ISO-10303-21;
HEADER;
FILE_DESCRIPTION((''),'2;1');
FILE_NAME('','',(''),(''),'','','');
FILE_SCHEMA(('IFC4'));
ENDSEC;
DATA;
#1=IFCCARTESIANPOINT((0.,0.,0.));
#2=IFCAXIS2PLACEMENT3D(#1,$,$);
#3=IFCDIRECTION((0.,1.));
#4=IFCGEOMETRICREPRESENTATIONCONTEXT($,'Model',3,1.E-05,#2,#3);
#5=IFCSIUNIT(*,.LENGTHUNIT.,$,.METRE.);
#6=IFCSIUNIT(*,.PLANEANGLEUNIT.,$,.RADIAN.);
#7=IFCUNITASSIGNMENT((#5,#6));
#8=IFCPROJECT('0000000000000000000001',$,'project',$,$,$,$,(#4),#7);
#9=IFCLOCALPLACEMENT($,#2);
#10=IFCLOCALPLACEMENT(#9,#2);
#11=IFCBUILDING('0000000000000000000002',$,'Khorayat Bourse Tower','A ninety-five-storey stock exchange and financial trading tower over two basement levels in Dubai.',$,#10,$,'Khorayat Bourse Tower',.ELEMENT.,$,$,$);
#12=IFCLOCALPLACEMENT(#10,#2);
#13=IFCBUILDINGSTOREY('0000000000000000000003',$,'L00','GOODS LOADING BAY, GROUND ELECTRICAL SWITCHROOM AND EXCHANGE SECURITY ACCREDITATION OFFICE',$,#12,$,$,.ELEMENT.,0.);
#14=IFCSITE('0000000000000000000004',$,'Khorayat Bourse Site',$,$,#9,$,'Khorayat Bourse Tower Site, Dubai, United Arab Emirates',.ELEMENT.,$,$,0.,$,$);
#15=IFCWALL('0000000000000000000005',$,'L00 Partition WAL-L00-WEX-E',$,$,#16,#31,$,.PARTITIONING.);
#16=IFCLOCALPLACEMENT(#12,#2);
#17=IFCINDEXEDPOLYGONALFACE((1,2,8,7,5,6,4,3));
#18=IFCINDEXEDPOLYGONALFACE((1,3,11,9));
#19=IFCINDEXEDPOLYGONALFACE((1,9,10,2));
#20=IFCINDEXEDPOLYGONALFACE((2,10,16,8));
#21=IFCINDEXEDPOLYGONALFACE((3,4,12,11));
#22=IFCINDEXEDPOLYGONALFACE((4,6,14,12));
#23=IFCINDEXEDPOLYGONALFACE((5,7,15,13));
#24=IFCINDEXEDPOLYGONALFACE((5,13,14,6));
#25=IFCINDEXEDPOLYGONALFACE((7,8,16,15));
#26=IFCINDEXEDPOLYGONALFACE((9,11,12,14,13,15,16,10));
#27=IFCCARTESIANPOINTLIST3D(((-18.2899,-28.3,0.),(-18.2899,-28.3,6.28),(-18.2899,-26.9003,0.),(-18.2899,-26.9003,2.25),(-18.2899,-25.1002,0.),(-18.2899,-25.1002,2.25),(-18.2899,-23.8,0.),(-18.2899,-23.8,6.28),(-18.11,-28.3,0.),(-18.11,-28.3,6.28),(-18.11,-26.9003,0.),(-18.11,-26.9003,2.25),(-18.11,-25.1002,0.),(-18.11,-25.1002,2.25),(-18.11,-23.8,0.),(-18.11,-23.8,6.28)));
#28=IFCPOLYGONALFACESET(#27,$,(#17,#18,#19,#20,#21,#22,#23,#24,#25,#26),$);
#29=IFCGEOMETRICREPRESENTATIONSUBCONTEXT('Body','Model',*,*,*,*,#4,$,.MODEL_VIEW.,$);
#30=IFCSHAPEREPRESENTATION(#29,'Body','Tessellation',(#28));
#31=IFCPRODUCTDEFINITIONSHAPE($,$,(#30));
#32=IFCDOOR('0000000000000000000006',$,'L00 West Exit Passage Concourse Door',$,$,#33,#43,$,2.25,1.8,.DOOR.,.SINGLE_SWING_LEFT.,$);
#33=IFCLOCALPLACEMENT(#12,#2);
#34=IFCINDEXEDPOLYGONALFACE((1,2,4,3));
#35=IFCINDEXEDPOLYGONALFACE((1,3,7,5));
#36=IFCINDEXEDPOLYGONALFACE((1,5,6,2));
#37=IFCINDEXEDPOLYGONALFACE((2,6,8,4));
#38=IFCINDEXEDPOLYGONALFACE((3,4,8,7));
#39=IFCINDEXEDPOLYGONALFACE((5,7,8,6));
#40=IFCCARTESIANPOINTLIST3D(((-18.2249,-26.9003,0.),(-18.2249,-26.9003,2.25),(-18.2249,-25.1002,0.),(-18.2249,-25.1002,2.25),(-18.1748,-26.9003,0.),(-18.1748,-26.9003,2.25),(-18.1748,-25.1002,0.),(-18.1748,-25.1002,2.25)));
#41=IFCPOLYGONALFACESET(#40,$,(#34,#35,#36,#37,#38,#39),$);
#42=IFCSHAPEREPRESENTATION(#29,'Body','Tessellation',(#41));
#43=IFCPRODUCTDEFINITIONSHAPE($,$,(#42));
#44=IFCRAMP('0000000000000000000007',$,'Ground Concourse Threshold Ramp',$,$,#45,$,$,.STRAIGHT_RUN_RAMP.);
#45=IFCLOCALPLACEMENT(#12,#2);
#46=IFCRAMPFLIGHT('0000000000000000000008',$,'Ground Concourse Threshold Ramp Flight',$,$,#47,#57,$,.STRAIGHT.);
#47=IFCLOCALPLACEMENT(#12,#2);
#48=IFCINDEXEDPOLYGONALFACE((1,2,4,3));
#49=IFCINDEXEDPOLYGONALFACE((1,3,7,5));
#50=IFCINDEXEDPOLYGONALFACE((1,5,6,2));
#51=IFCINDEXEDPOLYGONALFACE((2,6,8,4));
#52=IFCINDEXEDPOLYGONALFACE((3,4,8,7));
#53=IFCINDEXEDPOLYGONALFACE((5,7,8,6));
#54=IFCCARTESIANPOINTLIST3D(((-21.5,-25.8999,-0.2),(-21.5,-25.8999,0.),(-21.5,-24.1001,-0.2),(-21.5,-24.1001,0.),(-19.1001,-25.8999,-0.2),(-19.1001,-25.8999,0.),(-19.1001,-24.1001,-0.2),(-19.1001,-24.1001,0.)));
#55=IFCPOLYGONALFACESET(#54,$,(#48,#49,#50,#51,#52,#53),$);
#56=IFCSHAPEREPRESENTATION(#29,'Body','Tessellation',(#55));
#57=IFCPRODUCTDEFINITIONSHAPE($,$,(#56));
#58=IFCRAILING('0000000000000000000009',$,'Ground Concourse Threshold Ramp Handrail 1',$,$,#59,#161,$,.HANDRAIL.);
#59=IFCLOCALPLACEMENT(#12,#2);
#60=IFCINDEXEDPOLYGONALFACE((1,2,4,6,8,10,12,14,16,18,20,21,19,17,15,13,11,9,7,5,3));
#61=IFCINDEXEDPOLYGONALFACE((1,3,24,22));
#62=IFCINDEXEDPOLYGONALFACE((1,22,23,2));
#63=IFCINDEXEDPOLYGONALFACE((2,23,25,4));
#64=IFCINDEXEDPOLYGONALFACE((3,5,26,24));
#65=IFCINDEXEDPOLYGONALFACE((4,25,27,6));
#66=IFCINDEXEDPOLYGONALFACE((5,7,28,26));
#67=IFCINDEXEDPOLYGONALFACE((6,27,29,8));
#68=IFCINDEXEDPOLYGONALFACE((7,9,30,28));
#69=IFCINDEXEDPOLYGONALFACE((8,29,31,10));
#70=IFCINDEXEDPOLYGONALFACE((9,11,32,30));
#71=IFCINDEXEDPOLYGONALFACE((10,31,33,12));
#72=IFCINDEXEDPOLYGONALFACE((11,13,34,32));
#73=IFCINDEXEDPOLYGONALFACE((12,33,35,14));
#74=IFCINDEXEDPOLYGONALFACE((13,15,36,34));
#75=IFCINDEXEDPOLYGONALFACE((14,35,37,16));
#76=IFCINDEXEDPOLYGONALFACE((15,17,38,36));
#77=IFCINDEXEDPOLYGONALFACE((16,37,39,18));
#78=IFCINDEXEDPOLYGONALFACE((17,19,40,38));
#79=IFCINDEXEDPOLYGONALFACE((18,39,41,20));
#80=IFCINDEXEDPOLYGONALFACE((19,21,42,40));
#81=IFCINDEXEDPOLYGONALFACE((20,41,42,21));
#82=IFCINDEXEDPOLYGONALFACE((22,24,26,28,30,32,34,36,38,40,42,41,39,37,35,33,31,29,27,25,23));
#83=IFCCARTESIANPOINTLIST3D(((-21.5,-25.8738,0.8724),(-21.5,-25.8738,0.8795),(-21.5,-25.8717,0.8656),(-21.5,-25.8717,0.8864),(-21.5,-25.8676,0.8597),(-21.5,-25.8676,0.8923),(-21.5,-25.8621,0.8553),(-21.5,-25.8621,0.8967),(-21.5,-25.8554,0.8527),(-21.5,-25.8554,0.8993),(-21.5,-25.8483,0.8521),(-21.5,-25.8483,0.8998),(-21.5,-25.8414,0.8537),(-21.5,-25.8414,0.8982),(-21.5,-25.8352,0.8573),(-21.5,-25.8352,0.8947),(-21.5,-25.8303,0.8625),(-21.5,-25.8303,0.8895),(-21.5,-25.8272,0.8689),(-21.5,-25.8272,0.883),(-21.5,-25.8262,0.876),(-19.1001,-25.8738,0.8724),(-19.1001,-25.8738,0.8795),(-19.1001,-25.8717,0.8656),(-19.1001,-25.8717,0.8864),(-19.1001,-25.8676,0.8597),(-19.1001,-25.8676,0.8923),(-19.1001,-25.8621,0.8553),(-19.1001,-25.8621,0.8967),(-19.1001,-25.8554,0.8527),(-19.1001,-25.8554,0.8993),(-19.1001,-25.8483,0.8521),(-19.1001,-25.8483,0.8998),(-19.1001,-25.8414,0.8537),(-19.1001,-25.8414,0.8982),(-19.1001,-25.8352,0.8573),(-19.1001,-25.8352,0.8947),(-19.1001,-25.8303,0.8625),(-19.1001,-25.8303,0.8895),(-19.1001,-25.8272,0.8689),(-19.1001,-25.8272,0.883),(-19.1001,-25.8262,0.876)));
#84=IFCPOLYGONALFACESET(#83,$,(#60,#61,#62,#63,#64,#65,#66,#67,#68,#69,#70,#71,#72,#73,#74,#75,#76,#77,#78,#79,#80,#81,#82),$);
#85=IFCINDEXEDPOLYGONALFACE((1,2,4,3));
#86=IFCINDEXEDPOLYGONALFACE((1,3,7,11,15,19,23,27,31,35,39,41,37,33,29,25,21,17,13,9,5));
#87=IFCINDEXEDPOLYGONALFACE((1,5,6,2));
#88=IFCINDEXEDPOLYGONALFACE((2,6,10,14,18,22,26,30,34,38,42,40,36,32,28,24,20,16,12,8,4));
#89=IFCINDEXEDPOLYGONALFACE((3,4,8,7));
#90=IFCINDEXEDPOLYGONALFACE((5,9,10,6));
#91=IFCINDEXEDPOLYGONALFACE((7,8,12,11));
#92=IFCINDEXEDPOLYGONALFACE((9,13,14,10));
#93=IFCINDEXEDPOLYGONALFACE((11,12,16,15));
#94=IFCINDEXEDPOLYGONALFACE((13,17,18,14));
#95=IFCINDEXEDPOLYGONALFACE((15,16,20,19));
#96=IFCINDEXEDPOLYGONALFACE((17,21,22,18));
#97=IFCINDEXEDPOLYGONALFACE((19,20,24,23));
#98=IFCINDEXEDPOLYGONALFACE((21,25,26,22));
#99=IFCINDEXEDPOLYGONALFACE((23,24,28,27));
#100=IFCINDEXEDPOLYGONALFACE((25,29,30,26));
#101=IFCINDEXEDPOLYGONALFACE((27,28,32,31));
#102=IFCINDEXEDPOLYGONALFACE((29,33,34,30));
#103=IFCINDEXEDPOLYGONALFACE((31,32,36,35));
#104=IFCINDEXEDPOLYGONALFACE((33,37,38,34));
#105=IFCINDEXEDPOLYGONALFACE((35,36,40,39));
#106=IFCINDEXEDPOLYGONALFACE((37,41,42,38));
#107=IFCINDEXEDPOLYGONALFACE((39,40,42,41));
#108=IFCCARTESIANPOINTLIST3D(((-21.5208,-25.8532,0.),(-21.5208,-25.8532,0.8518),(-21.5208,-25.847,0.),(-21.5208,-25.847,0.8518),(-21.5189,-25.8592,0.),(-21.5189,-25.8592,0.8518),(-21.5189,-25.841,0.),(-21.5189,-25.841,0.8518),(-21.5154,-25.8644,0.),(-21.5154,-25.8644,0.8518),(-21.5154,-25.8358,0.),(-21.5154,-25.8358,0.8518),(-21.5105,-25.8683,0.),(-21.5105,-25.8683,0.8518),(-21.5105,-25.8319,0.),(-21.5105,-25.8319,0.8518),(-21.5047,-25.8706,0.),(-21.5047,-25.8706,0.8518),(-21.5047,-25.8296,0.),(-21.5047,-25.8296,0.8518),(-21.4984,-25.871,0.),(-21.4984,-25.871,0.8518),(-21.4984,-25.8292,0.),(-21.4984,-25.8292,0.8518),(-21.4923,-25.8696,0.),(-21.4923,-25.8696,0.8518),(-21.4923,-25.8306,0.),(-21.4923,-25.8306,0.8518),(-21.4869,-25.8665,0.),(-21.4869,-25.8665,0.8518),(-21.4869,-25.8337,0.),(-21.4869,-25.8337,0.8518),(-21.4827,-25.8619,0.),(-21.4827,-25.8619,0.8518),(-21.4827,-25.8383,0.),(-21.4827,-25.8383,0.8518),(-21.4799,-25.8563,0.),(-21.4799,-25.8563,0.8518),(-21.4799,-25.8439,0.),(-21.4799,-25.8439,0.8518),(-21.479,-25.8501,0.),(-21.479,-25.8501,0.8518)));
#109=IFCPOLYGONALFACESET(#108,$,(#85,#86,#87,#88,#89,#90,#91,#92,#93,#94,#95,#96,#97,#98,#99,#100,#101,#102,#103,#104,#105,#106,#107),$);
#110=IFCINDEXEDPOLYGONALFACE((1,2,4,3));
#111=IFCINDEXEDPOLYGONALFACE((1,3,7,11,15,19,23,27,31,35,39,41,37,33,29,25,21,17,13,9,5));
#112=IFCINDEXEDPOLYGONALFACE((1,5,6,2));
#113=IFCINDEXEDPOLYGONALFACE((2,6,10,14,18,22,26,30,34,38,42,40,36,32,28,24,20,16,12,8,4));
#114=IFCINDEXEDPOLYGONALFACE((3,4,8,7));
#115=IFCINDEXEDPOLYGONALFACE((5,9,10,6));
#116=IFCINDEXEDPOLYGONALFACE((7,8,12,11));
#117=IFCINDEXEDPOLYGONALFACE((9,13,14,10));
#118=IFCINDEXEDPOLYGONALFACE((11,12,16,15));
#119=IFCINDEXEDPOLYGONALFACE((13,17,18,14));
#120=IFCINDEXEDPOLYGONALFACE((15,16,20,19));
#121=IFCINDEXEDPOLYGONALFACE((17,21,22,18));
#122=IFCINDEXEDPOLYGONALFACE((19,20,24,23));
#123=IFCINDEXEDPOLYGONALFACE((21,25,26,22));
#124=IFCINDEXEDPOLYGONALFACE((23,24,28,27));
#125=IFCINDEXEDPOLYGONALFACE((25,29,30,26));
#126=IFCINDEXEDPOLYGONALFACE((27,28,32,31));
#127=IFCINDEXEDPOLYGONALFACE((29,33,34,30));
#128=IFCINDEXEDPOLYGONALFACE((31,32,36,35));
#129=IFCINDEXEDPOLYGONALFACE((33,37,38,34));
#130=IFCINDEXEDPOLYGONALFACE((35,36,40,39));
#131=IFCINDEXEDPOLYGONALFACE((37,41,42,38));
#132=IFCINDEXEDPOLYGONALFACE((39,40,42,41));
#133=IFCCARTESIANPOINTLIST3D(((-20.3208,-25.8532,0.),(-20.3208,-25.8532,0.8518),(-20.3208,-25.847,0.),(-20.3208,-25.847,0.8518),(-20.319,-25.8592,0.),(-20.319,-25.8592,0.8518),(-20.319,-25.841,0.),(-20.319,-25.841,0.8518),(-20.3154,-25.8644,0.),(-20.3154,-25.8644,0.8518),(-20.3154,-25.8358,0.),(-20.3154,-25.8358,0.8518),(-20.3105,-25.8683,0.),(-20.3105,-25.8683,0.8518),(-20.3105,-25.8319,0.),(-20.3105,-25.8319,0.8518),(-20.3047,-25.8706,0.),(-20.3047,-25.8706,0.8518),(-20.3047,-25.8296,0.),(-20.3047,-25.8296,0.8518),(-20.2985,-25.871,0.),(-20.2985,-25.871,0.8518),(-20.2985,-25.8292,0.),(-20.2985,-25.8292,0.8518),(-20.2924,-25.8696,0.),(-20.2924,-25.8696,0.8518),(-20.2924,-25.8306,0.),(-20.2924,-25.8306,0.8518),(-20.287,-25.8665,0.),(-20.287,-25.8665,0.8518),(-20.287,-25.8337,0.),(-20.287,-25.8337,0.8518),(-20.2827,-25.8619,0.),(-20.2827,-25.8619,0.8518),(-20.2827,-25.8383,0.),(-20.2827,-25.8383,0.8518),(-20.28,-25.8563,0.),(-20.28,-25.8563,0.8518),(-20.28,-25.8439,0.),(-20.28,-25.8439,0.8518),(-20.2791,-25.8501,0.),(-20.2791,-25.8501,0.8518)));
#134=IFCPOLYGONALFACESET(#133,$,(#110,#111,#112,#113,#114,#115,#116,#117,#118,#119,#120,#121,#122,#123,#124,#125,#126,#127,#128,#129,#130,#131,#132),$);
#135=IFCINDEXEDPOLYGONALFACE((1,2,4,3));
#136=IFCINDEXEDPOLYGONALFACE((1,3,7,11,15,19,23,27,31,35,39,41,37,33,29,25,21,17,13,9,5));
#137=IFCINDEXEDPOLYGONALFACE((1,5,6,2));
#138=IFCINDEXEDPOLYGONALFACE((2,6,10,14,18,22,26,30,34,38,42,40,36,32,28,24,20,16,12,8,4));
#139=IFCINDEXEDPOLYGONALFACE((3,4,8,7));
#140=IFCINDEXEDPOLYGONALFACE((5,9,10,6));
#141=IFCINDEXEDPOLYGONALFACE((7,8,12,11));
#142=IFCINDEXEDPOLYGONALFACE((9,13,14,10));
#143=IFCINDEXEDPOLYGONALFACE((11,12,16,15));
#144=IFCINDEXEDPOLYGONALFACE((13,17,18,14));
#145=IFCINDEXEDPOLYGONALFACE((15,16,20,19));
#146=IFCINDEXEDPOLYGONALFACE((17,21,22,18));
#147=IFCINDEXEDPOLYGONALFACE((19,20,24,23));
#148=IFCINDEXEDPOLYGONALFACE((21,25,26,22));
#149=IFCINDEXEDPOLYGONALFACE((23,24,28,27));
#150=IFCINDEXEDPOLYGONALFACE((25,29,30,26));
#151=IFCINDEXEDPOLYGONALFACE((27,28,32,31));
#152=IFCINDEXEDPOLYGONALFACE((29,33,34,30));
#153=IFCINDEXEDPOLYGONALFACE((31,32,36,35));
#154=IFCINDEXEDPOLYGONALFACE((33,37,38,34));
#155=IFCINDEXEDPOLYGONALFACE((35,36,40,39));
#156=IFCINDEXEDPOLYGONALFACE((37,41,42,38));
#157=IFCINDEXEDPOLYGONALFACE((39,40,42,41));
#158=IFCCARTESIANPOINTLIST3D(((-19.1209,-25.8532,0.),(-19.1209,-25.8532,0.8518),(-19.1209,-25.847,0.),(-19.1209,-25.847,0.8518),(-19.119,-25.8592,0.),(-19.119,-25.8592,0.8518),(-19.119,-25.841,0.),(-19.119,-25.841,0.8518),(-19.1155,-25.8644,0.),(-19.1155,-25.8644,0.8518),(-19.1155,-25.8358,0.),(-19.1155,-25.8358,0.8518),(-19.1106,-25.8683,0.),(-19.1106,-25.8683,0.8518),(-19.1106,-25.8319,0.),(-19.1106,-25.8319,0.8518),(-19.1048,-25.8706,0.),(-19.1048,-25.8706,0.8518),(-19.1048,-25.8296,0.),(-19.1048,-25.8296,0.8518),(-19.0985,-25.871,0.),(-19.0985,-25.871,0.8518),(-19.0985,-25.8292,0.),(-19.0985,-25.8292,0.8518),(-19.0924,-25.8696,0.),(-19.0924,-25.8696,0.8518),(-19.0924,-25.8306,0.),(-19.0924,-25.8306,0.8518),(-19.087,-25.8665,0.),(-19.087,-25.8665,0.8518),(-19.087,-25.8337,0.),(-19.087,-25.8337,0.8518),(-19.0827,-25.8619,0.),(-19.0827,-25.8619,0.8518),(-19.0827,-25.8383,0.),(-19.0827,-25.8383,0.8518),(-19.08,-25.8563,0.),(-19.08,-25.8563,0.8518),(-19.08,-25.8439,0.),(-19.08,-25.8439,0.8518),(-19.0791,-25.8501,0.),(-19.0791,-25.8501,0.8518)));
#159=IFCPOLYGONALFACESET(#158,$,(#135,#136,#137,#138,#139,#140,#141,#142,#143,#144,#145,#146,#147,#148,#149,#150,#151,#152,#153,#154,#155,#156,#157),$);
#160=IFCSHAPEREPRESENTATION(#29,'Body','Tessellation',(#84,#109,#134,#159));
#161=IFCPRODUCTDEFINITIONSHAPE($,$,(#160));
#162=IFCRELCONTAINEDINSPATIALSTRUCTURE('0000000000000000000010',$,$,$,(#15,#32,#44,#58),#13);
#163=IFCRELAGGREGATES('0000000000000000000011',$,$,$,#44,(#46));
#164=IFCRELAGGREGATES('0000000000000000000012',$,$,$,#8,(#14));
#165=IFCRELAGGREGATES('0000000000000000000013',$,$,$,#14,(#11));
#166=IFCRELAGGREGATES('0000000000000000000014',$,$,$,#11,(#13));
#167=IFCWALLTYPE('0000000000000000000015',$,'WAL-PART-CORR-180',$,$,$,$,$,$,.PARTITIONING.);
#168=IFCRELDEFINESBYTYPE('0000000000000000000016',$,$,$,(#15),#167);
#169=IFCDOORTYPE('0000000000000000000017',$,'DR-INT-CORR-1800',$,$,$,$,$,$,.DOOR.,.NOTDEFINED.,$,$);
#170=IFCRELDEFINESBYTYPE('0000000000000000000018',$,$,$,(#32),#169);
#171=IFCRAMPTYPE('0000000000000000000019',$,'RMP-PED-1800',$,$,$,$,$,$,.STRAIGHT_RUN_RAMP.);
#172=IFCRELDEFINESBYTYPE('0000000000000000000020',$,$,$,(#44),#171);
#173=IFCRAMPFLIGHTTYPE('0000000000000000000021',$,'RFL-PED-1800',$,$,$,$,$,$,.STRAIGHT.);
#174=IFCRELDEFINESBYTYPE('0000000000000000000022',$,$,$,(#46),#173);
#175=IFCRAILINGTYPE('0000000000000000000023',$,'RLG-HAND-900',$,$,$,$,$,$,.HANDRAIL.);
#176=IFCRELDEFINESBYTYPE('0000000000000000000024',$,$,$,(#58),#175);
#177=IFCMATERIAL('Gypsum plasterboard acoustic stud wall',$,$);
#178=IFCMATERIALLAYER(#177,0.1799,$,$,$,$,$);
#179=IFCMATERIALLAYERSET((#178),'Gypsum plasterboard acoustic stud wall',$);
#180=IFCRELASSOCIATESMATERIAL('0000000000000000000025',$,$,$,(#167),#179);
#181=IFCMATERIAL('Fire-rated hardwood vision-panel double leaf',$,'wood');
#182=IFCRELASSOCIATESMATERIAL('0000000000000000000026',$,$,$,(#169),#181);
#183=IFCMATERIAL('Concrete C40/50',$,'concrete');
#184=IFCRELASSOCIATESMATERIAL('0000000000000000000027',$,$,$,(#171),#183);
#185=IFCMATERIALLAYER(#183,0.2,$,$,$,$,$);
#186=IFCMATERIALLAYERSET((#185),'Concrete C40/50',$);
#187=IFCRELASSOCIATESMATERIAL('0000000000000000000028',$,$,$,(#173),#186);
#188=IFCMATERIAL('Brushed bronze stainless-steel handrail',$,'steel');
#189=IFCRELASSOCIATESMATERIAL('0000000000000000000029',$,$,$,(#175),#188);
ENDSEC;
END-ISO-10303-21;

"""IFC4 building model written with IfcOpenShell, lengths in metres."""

from ifc_helpers import new_model, si_unit, direction, frame, frame_2d, origin, origin_2d, place, context, subcontext, project, spatial, polyline, rectangle, circle, outline, extrude, source, transform, mapped, material, layer, layer_set, type_object, element, fill, aggregate, save


model = new_model("IFC4")

# Units and contexts
model_context = context("Model", 3, precision=1e-05, world=origin(), true_north=direction((0.0, 1.0)))
body_context = subcontext(model_context, "Body", "Model", "MODEL_VIEW")
ifc_project = project(units=[si_unit("LENGTHUNIT", "METRE"), si_unit("PLANEANGLEUNIT", "RADIAN")], contexts=[model_context])

# Site, building, storey
site_placement = place(None, origin())
site = spatial("IfcSite", under=ifc_project, at=site_placement, Name="Khorayat Bourse Site", LongName="Khorayat Bourse Tower Site, Dubai, United Arab Emirates", CompositionType="ELEMENT", RefElevation=0.0)
building_placement = place(site_placement, origin())
building = spatial("IfcBuilding", under=site, at=building_placement, Name="Khorayat Bourse Tower", Description="A ninety-five-storey stock exchange and financial trading tower over two basement levels in Dubai.", LongName="Khorayat Bourse Tower", CompositionType="ELEMENT")
storey_placement = place(building_placement, origin())
storey = spatial("IfcBuildingStorey", under=building, at=storey_placement, Name="L00", Description="GOODS LOADING BAY, GROUND ELECTRICAL SWITCHROOM AND EXCHANGE SECURITY ACCREDITATION OFFICE", CompositionType="ELEMENT", Elevation=0.0)

# Shared definitions
ifc_material_1 = material(Name="Gypsum plasterboard acoustic stud wall")
ifc_layer_1 = layer(ifc_material_1, 0.1799)
ifc_layer_set_1 = layer_set([ifc_layer_1], Name="Gypsum plasterboard acoustic stud wall")
wall_type_1 = type_object("IfcWallType", Name="WAL-PART-CORR-180", PredefinedType="PARTITIONING", material=ifc_layer_set_1)
shared_shape_1 = source(origin(), body_context, "Body", "SweptSolid", [
    extrude(rectangle(XDim=1.8, YDim=2.25, at=frame_2d((0.8999, 1.125))), frame((0.0, 0.0999, 0.0), z_axis=(0.0, -1.0, 0.0), x_axis=(1.0, 0.0, 0.0)), (0.0, 0.0, 1.0), 0.2),
])
ifc_material_2 = material(Name="Fire-rated hardwood vision-panel double leaf", Category="wood")
door_type_1 = type_object("IfcDoorType", Name="DR-INT-CORR-1800", OperationType="NOTDEFINED", PredefinedType="DOOR", material=ifc_material_2)
shared_shape_2 = source(origin(), body_context, "Body", "SweptSolid", [
    extrude(rectangle(XDim=1.8, YDim=2.25, at=frame_2d((0.8999, 1.125))), frame((0.0, 0.0249, 0.0), z_axis=(0.0, -1.0, 0.0), x_axis=(1.0, 0.0, 0.0)), (0.0, 0.0, 1.0), 0.05),
])

# Wall, opening, door
shared_shape_3 = source(origin(), body_context, "Body", "SweptSolid", [
    extrude(rectangle(XDim=4.5, YDim=0.1799, at=frame_2d((2.25, 0.0))), origin(), (0.0, 0.0, 1.0), 6.28),
])
wall_1_placement = place(storey_placement, frame((-18.2, -28.3, 0.0), z_axis=(0.0, 0.0, 1.0), x_axis=(0.0, 1.0, 0.0)))
wall_1 = element("IfcWall", 1, at=wall_1_placement, inside=storey, type_object=wall_type_1, Name="L00 Partition WAL-L00-WEX-E", PredefinedType="PARTITIONING", context=body_context, shape_type="MappedRepresentation", body=[
    mapped(shared_shape_3, transform((0.0, 0.0, 0.0), scale=1.0)),
])
opening_1_placement = place(wall_1_placement, frame((1.3999, 0.0, 0.0)))
opening_1 = element("IfcOpeningElement", 2, at=opening_1_placement, cuts=wall_1, PredefinedType="OPENING", context=body_context, shape_type="MappedRepresentation", body=[
    mapped(shared_shape_1, transform((0.0, 0.0, 0.0), scale=1.0)),
])
door_1_placement = place(opening_1_placement, origin())
door_1 = element("IfcDoor", 3, at=door_1_placement, inside=storey, type_object=door_type_1, Name="L00 West Exit Passage Concourse Door", OperationType="SINGLE_SWING_LEFT", OverallHeight=2.25, OverallWidth=1.8, PredefinedType="DOOR", context=body_context, shape_type="MappedRepresentation", body=[
    mapped(shared_shape_2, transform((0.0, 0.0, 0.0), scale=1.0)),
])
fill(opening_1, door_1)

# Ramp, ramp flight
ifc_material_3 = material(Name="Concrete C40/50", Category="concrete")
ramp_type = type_object("IfcRampType", Name="RMP-PED-1800", PredefinedType="STRAIGHT_RUN_RAMP", material=ifc_material_3)
ramp_placement = place(storey_placement, origin())
ramp = element("IfcRamp", 4, at=ramp_placement, inside=storey, type_object=ramp_type, Name="Ground Concourse Threshold Ramp", PredefinedType="STRAIGHT_RUN_RAMP")
ifc_layer_2 = layer(ifc_material_3, 0.2)
ifc_layer_set_2 = layer_set([ifc_layer_2], Name="Concrete C40/50")
ramp_flight_type = type_object("IfcRampFlightType", Name="RFL-PED-1800", PredefinedType="STRAIGHT", material=ifc_layer_set_2)
ramp_flight_placement = place(storey_placement, frame((-21.5, -25.8999, 0.0), z_axis=(0.0, 0.0, 1.0), x_axis=(1.0, 0.0, 0.0)))
ramp_flight = element("IfcRampFlight", 5, at=ramp_flight_placement, type_object=ramp_flight_type, Name="Ground Concourse Threshold Ramp Flight", PredefinedType="STRAIGHT", context=body_context, shape_type="SweptSolid", body=[
    extrude(outline(polyline([(0.0, 0.0), (2.3999, 0.0), (2.3999, 1.7998), (0.0, 1.7998), (0.0, 0.0)])), origin(), (0.0, 0.0, -1.0), 0.2),
])
aggregate(ramp, [ramp_flight])

# Railing
ifc_material_4 = material(Name="Brushed bronze stainless-steel handrail", Category="steel")
railing_type = type_object("IfcRailingType", Name="RLG-HAND-900", PredefinedType="HANDRAIL", material=ifc_material_4)
shared_shape_4 = source(origin(), body_context, "Body", "SweptSolid", [
    extrude(circle(Radius=0.0239, at=origin_2d()), frame((0.0, 0.0, 0.876), z_axis=(1.0, 0.0, 0.0), x_axis=(0.0, 1.0, 0.0)), (0.0, 0.0, 1.0), 2.3999),
    extrude(circle(Radius=0.021, at=origin_2d()), origin(), (0.0, 0.0, 1.0), 0.8518),
    extrude(circle(Radius=0.021, at=origin_2d()), frame((1.2, 0.0, 0.0)), (0.0, 0.0, 1.0), 0.8518),
    extrude(circle(Radius=0.021, at=origin_2d()), frame((2.3999, 0.0, 0.0)), (0.0, 0.0, 1.0), 0.8518),
])
for number, where, name in (
    (6, (-21.5, -25.8501, 0.0), "Ground Concourse Threshold Ramp Handrail 1"),
):
    element("IfcRailing", number, at=place(storey_placement, frame(where)), inside=storey, type_object=railing_type, Name=name, PredefinedType="HANDRAIL", context=body_context, shape_type="MappedRepresentation", body=[
        mapped(shared_shape_4, transform((0.0, 0.0, 0.0), scale=1.0)),
    ])

save(model, "model.ifc")
